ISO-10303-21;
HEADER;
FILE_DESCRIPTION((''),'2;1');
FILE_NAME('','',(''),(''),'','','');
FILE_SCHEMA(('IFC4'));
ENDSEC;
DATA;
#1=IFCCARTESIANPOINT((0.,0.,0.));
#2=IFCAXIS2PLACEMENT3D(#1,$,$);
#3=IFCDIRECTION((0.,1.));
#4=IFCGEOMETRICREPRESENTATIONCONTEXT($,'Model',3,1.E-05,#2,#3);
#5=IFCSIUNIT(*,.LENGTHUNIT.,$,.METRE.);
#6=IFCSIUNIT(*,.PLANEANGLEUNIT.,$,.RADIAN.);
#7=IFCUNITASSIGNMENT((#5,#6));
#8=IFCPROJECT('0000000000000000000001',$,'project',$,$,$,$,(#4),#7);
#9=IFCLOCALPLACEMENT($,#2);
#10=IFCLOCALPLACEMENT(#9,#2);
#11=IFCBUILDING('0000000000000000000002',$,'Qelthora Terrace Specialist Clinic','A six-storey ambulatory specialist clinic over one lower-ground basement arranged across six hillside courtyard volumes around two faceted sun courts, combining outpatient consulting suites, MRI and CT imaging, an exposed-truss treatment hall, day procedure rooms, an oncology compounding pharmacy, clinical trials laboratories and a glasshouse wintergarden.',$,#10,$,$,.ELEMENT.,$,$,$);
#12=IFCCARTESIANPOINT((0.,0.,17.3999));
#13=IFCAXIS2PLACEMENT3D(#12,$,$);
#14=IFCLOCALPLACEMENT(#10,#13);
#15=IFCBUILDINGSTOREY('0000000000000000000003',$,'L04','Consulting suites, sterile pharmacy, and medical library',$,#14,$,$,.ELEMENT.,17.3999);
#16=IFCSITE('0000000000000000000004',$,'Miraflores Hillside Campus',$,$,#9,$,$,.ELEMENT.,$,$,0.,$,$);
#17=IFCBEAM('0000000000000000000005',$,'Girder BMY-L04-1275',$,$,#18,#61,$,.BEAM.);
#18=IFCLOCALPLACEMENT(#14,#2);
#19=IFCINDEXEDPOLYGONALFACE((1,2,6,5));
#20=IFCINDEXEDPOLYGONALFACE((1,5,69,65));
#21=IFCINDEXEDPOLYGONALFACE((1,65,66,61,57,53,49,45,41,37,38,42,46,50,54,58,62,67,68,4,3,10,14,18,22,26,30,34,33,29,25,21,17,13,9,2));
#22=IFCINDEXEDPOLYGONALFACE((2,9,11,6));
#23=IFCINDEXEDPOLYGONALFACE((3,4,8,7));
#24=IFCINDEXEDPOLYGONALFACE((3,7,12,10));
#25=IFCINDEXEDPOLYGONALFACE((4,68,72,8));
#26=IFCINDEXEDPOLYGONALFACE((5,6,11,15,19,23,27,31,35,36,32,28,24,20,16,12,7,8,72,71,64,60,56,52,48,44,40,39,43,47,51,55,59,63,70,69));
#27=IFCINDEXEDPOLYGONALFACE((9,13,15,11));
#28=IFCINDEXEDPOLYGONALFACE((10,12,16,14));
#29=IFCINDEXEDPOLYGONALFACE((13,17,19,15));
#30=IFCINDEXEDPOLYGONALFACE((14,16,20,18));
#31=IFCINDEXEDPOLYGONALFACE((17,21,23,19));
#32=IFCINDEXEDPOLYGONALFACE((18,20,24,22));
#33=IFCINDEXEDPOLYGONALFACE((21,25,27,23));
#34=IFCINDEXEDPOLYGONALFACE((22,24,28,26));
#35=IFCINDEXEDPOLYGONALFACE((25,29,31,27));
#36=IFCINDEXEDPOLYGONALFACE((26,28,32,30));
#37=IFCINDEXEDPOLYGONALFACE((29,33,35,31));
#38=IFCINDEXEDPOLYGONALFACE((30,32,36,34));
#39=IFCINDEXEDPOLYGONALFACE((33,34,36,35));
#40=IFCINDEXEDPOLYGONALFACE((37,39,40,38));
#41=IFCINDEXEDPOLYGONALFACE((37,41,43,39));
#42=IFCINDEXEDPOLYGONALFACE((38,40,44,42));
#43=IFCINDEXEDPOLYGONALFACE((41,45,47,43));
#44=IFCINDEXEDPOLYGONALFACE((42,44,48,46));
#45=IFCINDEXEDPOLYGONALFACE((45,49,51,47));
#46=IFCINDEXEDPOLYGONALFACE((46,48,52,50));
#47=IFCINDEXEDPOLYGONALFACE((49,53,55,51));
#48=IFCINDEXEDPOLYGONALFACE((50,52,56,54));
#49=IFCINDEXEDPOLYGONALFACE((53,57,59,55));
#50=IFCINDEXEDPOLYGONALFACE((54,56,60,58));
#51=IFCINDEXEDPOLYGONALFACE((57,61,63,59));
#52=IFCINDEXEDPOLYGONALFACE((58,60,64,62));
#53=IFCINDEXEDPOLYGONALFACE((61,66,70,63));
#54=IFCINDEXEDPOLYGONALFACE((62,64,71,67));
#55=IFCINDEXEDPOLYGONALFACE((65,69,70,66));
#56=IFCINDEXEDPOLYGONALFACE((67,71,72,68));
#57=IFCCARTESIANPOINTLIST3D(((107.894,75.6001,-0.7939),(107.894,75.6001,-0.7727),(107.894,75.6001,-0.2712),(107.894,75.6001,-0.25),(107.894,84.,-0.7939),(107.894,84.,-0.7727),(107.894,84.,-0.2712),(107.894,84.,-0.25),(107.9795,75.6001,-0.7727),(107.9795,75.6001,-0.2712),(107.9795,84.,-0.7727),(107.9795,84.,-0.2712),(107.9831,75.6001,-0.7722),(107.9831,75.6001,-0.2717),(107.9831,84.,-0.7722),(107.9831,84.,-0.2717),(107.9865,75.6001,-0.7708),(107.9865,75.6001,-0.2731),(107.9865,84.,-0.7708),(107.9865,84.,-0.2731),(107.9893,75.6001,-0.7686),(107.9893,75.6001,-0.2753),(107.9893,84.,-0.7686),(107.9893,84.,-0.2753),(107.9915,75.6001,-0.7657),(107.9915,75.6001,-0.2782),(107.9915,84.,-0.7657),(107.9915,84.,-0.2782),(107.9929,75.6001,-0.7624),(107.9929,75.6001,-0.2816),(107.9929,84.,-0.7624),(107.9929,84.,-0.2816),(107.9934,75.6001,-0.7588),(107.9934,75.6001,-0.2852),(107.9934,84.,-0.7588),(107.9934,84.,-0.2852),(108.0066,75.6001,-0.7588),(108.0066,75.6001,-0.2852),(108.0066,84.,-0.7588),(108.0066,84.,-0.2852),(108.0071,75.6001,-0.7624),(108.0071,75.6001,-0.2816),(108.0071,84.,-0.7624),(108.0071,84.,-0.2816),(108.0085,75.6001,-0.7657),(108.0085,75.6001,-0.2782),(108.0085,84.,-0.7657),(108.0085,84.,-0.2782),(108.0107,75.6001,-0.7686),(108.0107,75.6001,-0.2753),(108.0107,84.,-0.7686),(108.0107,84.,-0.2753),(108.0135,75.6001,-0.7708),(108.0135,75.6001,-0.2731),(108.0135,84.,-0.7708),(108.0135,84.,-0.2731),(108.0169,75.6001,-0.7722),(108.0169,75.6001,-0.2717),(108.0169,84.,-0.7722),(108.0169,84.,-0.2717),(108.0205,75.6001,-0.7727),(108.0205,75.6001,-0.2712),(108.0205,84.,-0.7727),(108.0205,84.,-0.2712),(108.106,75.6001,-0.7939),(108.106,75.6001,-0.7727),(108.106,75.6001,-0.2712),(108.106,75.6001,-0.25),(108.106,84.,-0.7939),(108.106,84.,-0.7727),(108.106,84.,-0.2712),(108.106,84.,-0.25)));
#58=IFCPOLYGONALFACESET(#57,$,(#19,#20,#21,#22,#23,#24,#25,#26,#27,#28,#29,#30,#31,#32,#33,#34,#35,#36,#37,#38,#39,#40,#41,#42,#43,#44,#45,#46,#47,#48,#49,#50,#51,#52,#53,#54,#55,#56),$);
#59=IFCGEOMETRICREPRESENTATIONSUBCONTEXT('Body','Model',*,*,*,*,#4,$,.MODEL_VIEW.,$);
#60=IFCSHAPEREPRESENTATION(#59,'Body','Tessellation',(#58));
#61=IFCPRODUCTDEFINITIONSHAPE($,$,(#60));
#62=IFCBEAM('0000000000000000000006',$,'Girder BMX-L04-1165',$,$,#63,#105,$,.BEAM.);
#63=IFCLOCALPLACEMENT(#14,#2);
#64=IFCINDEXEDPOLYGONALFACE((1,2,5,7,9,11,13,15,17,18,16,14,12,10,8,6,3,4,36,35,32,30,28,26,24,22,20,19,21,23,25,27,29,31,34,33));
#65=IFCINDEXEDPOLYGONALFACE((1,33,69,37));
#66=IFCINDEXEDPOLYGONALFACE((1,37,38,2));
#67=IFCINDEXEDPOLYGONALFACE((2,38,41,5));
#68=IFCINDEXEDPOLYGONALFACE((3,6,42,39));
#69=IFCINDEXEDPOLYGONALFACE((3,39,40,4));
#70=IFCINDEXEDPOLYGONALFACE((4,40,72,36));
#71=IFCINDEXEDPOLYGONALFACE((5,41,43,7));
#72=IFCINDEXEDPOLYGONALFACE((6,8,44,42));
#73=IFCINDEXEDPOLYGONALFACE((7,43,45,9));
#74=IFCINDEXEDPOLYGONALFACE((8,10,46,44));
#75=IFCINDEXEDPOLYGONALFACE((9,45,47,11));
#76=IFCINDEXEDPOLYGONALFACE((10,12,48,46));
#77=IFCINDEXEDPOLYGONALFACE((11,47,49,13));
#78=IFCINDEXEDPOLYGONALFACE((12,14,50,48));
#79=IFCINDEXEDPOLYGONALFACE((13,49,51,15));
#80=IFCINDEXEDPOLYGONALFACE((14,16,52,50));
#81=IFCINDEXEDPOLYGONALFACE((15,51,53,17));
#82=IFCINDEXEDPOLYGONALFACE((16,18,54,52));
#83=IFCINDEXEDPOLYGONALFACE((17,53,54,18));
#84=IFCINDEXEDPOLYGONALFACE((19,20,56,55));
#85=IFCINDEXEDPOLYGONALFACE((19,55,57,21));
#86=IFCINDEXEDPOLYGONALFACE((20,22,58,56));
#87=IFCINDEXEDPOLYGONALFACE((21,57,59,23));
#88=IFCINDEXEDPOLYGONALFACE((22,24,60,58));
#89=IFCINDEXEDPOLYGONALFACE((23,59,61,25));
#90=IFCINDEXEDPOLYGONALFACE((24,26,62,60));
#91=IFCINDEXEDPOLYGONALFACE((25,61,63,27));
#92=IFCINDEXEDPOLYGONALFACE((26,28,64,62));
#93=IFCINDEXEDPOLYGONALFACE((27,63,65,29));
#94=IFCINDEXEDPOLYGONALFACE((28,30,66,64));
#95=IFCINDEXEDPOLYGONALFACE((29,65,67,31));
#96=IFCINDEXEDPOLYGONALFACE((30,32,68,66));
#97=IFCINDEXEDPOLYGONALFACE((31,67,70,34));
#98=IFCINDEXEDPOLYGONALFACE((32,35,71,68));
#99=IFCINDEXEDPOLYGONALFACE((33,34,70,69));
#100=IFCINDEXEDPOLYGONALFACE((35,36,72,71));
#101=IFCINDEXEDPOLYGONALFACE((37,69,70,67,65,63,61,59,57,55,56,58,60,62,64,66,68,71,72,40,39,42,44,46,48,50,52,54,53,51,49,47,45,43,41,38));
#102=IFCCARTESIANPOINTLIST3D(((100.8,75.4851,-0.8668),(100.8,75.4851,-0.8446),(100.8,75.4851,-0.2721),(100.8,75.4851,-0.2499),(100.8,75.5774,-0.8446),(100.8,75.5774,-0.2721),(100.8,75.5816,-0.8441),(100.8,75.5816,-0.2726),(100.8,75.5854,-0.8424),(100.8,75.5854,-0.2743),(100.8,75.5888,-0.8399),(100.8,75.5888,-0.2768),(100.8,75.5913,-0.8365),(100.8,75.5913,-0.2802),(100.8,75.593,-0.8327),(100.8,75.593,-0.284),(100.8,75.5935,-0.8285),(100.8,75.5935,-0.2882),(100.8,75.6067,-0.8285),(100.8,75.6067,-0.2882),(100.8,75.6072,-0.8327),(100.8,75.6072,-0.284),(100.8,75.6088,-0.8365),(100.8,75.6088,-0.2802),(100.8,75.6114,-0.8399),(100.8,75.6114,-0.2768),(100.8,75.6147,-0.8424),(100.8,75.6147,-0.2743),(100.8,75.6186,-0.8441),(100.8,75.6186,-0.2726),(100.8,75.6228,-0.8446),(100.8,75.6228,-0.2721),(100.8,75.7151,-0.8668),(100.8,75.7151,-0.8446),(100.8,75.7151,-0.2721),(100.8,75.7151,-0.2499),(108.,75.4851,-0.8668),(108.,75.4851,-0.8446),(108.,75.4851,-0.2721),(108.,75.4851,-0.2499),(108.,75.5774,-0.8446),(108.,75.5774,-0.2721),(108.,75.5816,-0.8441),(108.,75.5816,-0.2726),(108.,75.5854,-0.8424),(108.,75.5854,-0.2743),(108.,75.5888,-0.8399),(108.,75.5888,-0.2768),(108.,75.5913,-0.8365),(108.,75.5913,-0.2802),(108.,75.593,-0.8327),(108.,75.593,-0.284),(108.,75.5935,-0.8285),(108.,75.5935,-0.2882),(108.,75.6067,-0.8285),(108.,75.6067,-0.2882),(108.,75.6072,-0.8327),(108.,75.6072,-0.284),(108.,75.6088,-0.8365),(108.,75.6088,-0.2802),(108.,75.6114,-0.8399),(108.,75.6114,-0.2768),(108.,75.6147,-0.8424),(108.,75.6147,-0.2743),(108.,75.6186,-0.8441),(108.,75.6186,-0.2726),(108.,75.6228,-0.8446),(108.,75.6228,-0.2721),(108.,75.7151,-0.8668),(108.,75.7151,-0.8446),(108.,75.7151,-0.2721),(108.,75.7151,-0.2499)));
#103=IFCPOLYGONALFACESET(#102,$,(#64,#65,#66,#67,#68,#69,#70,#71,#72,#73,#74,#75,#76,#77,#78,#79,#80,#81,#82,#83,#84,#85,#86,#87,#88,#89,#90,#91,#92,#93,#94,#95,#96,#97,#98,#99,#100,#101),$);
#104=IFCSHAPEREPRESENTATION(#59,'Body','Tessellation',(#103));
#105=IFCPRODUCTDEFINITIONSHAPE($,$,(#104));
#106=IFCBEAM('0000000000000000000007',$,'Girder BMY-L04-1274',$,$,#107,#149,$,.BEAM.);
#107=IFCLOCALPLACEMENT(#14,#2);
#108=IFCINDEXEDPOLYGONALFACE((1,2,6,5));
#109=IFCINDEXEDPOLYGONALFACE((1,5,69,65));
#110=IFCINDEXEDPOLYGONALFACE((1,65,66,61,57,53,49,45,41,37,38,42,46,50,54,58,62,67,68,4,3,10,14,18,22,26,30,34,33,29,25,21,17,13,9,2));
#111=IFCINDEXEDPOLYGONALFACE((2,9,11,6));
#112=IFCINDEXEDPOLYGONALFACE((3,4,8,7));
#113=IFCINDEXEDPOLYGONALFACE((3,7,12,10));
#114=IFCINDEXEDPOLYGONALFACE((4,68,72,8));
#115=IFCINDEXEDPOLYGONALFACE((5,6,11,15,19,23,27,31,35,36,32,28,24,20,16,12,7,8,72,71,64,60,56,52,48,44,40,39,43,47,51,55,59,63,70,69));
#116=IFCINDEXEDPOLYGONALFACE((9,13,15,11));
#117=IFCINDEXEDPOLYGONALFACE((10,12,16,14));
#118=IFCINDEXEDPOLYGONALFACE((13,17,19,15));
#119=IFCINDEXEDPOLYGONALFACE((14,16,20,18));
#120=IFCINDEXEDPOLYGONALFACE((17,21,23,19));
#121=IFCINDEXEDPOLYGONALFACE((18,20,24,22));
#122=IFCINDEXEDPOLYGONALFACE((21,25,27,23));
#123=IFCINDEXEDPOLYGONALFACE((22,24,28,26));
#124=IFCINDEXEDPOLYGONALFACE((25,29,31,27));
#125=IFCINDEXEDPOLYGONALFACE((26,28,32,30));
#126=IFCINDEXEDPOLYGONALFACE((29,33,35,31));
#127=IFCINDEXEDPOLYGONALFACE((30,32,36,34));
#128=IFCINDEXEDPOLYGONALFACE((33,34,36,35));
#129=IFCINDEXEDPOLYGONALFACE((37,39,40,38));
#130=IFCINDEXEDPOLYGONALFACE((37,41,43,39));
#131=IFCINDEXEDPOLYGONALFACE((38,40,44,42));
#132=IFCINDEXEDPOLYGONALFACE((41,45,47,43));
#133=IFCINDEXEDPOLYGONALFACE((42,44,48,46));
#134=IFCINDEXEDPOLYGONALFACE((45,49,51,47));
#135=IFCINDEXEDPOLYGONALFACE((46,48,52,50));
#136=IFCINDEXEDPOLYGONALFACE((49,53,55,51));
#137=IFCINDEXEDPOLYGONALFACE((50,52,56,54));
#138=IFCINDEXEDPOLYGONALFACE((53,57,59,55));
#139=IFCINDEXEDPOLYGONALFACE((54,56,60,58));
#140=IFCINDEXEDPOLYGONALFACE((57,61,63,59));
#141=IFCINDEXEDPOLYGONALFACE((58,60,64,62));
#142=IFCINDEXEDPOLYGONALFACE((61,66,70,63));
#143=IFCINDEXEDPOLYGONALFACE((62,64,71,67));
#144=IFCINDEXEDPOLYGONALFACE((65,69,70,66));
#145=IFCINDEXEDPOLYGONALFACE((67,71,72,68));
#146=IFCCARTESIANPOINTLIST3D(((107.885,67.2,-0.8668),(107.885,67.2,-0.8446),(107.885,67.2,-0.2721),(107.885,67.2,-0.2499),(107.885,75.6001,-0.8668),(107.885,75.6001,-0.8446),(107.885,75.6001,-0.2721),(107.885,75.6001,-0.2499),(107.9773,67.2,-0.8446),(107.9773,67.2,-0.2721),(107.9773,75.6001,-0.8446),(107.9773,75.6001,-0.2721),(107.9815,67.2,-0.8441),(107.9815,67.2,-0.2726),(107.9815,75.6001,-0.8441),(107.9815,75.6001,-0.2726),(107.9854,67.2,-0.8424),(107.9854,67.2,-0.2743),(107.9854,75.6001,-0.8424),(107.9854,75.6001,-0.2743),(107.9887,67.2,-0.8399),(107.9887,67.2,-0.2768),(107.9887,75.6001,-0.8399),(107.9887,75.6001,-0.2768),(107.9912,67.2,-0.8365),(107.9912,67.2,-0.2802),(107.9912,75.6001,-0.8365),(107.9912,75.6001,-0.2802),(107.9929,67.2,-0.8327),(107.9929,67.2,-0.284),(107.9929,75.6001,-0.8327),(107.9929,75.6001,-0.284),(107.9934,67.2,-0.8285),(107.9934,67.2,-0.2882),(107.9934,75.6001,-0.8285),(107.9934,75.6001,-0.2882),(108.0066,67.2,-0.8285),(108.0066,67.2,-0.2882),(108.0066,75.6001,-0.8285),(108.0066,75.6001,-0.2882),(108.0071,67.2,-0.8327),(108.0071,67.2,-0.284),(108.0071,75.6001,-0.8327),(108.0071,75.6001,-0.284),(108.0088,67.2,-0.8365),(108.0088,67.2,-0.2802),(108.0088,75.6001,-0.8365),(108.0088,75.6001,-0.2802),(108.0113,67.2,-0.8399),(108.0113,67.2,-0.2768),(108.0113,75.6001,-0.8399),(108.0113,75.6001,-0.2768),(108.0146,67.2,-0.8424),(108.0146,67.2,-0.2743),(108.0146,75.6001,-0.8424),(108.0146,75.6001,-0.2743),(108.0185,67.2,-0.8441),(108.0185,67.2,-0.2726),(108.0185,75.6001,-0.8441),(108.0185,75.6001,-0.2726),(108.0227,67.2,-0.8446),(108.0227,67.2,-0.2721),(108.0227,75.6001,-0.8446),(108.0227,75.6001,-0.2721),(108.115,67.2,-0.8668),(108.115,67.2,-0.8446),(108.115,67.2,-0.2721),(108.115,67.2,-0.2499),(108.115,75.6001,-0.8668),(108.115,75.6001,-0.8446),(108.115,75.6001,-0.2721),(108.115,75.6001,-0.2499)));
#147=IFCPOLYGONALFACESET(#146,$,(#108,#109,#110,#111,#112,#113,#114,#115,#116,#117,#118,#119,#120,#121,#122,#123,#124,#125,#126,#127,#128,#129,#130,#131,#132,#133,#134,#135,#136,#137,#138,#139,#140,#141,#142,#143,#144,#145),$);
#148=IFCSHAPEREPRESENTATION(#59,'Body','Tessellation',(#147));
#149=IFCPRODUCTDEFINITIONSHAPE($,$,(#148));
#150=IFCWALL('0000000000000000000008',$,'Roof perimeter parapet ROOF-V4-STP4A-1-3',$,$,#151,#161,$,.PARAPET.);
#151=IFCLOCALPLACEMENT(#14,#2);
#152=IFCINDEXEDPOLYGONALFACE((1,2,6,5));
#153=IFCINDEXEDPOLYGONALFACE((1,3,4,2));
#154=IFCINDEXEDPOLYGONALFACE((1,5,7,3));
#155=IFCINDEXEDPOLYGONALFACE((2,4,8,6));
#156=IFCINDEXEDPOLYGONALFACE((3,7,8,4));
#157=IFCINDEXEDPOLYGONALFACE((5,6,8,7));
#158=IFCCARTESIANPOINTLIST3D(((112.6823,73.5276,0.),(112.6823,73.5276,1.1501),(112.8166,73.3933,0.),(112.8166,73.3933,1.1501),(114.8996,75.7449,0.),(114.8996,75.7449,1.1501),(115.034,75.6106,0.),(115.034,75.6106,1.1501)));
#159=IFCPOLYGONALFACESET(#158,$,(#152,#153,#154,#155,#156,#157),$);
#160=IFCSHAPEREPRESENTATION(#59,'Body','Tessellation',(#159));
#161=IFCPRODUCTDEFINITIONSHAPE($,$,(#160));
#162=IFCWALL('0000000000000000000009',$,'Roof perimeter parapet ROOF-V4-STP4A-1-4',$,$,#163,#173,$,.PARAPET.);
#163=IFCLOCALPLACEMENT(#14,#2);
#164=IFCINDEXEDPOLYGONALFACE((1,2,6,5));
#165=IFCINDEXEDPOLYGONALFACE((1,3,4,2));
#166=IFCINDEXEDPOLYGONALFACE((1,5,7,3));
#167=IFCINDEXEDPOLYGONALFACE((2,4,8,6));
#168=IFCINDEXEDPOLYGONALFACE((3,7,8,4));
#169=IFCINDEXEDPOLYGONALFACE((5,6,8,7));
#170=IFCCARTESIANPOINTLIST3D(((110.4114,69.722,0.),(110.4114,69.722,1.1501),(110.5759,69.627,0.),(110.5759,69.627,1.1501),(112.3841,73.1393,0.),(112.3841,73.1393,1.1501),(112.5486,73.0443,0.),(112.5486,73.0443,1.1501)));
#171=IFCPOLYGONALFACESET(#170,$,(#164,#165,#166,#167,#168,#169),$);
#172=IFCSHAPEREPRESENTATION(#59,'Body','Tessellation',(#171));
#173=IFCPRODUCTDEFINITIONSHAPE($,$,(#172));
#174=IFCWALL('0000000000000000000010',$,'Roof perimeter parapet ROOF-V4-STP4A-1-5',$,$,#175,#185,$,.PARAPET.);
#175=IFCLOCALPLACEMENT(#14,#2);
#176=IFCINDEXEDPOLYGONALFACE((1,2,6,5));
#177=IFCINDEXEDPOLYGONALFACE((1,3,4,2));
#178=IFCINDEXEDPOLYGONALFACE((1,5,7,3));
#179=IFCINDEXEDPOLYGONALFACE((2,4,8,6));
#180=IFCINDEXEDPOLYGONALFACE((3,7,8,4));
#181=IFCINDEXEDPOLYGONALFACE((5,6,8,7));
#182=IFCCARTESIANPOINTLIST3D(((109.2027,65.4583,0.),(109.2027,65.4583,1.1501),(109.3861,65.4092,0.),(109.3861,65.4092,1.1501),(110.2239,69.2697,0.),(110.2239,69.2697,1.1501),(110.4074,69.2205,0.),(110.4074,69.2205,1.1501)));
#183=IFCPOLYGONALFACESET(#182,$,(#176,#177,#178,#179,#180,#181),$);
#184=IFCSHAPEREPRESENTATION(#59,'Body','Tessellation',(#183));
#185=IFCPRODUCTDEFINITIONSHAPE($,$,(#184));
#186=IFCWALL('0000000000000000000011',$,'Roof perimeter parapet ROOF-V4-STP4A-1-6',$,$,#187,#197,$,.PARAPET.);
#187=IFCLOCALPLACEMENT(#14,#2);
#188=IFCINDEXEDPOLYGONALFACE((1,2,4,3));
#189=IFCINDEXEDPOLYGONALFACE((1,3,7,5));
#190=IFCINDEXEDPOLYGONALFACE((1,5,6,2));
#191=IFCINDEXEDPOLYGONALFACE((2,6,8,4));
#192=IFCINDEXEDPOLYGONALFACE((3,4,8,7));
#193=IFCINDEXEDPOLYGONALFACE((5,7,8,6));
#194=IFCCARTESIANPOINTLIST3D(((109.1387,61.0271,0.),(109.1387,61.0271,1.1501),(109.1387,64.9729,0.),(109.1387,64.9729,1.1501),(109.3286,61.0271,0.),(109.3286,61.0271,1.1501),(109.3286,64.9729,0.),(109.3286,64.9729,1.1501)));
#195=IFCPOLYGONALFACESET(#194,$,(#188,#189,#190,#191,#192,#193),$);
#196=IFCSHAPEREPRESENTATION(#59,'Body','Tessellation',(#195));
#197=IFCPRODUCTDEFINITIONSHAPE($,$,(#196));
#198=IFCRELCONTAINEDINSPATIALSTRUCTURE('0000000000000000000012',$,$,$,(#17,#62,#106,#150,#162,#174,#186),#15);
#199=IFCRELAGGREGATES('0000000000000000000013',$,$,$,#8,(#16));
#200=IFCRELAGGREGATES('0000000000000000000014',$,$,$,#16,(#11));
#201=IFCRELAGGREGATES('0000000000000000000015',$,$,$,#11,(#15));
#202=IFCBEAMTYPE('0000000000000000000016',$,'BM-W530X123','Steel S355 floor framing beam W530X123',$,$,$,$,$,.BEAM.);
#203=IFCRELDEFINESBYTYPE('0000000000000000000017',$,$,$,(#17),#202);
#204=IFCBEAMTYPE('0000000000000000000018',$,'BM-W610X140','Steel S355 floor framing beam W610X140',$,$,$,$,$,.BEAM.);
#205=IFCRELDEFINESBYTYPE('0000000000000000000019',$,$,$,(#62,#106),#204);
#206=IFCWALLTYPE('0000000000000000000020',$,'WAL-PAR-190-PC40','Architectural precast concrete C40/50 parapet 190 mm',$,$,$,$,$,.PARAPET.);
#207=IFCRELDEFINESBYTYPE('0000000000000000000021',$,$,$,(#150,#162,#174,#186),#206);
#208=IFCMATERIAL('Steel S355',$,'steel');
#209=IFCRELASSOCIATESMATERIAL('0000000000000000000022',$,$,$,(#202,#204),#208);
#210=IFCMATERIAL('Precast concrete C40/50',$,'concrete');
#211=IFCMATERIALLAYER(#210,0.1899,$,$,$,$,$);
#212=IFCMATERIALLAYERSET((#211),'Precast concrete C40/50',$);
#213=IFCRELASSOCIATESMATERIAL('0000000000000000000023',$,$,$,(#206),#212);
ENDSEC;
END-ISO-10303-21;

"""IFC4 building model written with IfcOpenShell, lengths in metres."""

from ifc_helpers import new_model, si_unit, direction, frame, frame_2d, origin, origin_2d, place, context, subcontext, project, spatial, rectangle, i_section, extrude, material, layer, layer_set, material_profile, profile_set, type_object, element, save


model = new_model("IFC4")

# Units and contexts
model_context = context("Model", 3, precision=1e-05, world=origin(), true_north=direction((0.0, 1.0)))
body_context = subcontext(model_context, "Body", "Model", "MODEL_VIEW")
ifc_project = project(units=[si_unit("LENGTHUNIT", "METRE"), si_unit("PLANEANGLEUNIT", "RADIAN")], contexts=[model_context])

# Site, building, storey
site_placement = place(None, origin())
site = spatial("IfcSite", under=ifc_project, at=site_placement, Name="Miraflores Hillside Campus", CompositionType="ELEMENT", RefElevation=0.0)
building_placement = place(site_placement, origin())
building = spatial("IfcBuilding", under=site, at=building_placement, Name="Qelthora Terrace Specialist Clinic", Description="A six-storey ambulatory specialist clinic over one lower-ground basement arranged across six hillside courtyard volumes around two faceted sun courts, combining outpatient consulting suites, MRI and CT imaging, an exposed-truss treatment hall, day procedure rooms, an oncology compounding pharmacy, clinical trials laboratories and a glasshouse wintergarden.", CompositionType="ELEMENT")
storey_placement = place(building_placement, frame((0.0, 0.0, 17.3999)))
storey = spatial("IfcBuildingStorey", under=building, at=storey_placement, Name="L04", Description="Consulting suites, sterile pharmacy, and medical library", CompositionType="ELEMENT", Elevation=17.3999)

# Beams
ifc_material_1 = material(Name="Steel S355", Category="steel")
ifc_material_profile_1 = material_profile(ifc_material_1, i_section(OverallWidth=0.2119, OverallDepth=0.5439, WebThickness=0.0132, FlangeThickness=0.0212, FilletRadius=0.0139, at=origin_2d()), Name="W530X123")
ifc_profile_set_1 = profile_set([ifc_material_profile_1], Name="Steel S355")
beam_type_1 = type_object("IfcBeamType", Name="BM-W530X123", Description="Steel S355 floor framing beam W530X123", PredefinedType="BEAM", material=ifc_profile_set_1)
beam_1_placement = place(storey_placement, frame((108.0, 75.6001, -0.522), z_axis=(0.0, 1.0, 0.0), x_axis=(-1.0, 0.0, 0.0)))
element("IfcBeam", 1, at=beam_1_placement, inside=storey, type_object=beam_type_1, Name="Girder BMY-L04-1275", PredefinedType="BEAM", context=body_context, shape_type="SweptSolid", body=[
    extrude(i_section(OverallWidth=0.2119, OverallDepth=0.5439, WebThickness=0.0132, FlangeThickness=0.0212, FilletRadius=0.0139, at=origin_2d()), origin(), (0.0, 0.0, 1.0), 8.3999),
])
ifc_material_profile_2 = material_profile(ifc_material_1, i_section(OverallWidth=0.23, OverallDepth=0.6169, WebThickness=0.0132, FlangeThickness=0.0222, FilletRadius=0.0161, at=origin_2d()), Name="W610X140")
ifc_profile_set_2 = profile_set([ifc_material_profile_2], Name="Steel S355")
beam_type_2 = type_object("IfcBeamType", Name="BM-W610X140", Description="Steel S355 floor framing beam W610X140", PredefinedType="BEAM", material=ifc_profile_set_2)
beam_2_placement = place(storey_placement, frame((100.8, 75.6001, -0.5583), z_axis=(1.0, 0.0, 0.0), x_axis=(0.0, 1.0, 0.0)))
element("IfcBeam", 2, at=beam_2_placement, inside=storey, type_object=beam_type_2, Name="Girder BMX-L04-1165", PredefinedType="BEAM", context=body_context, shape_type="SweptSolid", body=[
    extrude(i_section(OverallWidth=0.23, OverallDepth=0.6169, WebThickness=0.0132, FlangeThickness=0.0222, FilletRadius=0.0161, at=origin_2d()), origin(), (0.0, 0.0, 1.0), 7.2),
])
beam_3_placement = place(storey_placement, frame((108.0, 67.2, -0.5583), z_axis=(0.0, 1.0, 0.0), x_axis=(-1.0, 0.0, 0.0)))
element("IfcBeam", 3, at=beam_3_placement, inside=storey, type_object=beam_type_2, Name="Girder BMY-L04-1274", PredefinedType="BEAM", context=body_context, shape_type="SweptSolid", body=[
    extrude(i_section(OverallWidth=0.23, OverallDepth=0.6169, WebThickness=0.0132, FlangeThickness=0.0222, FilletRadius=0.0161, at=origin_2d()), origin(), (0.0, 0.0, 1.0), 8.4001),
])

# Walls
ifc_material_2 = material(Name="Precast concrete C40/50", Category="concrete")
ifc_layer = layer(ifc_material_2, 0.1899)
ifc_layer_set = layer_set([ifc_layer], Name="Precast concrete C40/50")
wall_type = type_object("IfcWallType", Name="WAL-PAR-190-PC40", Description="Architectural precast concrete C40/50 parapet 190 mm", PredefinedType="PARAPET", material=ifc_layer_set)
wall_placement = place(storey_placement, frame((114.9668, 75.6777, 0.0), z_axis=(0.0, 0.0, 1.0), x_axis=(-0.707107, -0.707107, 0.0)))
element("IfcWall", 4, at=wall_placement, inside=storey, type_object=wall_type, Name="Roof perimeter parapet ROOF-V4-STP4A-1-3", PredefinedType="PARAPET", context=body_context, shape_type="SweptSolid", body=[
    extrude(rectangle(XDim=3.1357, YDim=0.1899, at=frame_2d((1.5679, 0.0))), origin(), (0.0, 0.0, 1.0), 1.1501),
])
for number, where, z_axis, x_axis, name in (
    (5, (112.4663, 73.0918, 0.0), (0.0, 0.0, 1.0), (-0.499946, -0.866057, 0.0), "Roof perimeter parapet ROOF-V4-STP4A-1-4"),
    (6, (110.3157, 69.2451, 0.0), (0.0, 0.0, 1.0), (-0.258822, -0.965925, 0.0), "Roof perimeter parapet ROOF-V4-STP4A-1-5"),
    (7, (109.2336, 64.9729, 0.0), (0.0, 0.0, 1.0), (0.0, -1.0, 0.0), "Roof perimeter parapet ROOF-V4-STP4A-1-6"),
):
    element("IfcWall", number, at=place(storey_placement, frame(where, z_axis=z_axis, x_axis=x_axis)), inside=storey, type_object=wall_type, Name=name, PredefinedType="PARAPET", context=body_context, shape_type="SweptSolid", body=[
        extrude(rectangle(XDim=3.9458, YDim=0.1899, at=frame_2d((1.9729, 0.0))), origin(), (0.0, 0.0, 1.0), 1.1501),
    ])

save(model, "model.ifc")
